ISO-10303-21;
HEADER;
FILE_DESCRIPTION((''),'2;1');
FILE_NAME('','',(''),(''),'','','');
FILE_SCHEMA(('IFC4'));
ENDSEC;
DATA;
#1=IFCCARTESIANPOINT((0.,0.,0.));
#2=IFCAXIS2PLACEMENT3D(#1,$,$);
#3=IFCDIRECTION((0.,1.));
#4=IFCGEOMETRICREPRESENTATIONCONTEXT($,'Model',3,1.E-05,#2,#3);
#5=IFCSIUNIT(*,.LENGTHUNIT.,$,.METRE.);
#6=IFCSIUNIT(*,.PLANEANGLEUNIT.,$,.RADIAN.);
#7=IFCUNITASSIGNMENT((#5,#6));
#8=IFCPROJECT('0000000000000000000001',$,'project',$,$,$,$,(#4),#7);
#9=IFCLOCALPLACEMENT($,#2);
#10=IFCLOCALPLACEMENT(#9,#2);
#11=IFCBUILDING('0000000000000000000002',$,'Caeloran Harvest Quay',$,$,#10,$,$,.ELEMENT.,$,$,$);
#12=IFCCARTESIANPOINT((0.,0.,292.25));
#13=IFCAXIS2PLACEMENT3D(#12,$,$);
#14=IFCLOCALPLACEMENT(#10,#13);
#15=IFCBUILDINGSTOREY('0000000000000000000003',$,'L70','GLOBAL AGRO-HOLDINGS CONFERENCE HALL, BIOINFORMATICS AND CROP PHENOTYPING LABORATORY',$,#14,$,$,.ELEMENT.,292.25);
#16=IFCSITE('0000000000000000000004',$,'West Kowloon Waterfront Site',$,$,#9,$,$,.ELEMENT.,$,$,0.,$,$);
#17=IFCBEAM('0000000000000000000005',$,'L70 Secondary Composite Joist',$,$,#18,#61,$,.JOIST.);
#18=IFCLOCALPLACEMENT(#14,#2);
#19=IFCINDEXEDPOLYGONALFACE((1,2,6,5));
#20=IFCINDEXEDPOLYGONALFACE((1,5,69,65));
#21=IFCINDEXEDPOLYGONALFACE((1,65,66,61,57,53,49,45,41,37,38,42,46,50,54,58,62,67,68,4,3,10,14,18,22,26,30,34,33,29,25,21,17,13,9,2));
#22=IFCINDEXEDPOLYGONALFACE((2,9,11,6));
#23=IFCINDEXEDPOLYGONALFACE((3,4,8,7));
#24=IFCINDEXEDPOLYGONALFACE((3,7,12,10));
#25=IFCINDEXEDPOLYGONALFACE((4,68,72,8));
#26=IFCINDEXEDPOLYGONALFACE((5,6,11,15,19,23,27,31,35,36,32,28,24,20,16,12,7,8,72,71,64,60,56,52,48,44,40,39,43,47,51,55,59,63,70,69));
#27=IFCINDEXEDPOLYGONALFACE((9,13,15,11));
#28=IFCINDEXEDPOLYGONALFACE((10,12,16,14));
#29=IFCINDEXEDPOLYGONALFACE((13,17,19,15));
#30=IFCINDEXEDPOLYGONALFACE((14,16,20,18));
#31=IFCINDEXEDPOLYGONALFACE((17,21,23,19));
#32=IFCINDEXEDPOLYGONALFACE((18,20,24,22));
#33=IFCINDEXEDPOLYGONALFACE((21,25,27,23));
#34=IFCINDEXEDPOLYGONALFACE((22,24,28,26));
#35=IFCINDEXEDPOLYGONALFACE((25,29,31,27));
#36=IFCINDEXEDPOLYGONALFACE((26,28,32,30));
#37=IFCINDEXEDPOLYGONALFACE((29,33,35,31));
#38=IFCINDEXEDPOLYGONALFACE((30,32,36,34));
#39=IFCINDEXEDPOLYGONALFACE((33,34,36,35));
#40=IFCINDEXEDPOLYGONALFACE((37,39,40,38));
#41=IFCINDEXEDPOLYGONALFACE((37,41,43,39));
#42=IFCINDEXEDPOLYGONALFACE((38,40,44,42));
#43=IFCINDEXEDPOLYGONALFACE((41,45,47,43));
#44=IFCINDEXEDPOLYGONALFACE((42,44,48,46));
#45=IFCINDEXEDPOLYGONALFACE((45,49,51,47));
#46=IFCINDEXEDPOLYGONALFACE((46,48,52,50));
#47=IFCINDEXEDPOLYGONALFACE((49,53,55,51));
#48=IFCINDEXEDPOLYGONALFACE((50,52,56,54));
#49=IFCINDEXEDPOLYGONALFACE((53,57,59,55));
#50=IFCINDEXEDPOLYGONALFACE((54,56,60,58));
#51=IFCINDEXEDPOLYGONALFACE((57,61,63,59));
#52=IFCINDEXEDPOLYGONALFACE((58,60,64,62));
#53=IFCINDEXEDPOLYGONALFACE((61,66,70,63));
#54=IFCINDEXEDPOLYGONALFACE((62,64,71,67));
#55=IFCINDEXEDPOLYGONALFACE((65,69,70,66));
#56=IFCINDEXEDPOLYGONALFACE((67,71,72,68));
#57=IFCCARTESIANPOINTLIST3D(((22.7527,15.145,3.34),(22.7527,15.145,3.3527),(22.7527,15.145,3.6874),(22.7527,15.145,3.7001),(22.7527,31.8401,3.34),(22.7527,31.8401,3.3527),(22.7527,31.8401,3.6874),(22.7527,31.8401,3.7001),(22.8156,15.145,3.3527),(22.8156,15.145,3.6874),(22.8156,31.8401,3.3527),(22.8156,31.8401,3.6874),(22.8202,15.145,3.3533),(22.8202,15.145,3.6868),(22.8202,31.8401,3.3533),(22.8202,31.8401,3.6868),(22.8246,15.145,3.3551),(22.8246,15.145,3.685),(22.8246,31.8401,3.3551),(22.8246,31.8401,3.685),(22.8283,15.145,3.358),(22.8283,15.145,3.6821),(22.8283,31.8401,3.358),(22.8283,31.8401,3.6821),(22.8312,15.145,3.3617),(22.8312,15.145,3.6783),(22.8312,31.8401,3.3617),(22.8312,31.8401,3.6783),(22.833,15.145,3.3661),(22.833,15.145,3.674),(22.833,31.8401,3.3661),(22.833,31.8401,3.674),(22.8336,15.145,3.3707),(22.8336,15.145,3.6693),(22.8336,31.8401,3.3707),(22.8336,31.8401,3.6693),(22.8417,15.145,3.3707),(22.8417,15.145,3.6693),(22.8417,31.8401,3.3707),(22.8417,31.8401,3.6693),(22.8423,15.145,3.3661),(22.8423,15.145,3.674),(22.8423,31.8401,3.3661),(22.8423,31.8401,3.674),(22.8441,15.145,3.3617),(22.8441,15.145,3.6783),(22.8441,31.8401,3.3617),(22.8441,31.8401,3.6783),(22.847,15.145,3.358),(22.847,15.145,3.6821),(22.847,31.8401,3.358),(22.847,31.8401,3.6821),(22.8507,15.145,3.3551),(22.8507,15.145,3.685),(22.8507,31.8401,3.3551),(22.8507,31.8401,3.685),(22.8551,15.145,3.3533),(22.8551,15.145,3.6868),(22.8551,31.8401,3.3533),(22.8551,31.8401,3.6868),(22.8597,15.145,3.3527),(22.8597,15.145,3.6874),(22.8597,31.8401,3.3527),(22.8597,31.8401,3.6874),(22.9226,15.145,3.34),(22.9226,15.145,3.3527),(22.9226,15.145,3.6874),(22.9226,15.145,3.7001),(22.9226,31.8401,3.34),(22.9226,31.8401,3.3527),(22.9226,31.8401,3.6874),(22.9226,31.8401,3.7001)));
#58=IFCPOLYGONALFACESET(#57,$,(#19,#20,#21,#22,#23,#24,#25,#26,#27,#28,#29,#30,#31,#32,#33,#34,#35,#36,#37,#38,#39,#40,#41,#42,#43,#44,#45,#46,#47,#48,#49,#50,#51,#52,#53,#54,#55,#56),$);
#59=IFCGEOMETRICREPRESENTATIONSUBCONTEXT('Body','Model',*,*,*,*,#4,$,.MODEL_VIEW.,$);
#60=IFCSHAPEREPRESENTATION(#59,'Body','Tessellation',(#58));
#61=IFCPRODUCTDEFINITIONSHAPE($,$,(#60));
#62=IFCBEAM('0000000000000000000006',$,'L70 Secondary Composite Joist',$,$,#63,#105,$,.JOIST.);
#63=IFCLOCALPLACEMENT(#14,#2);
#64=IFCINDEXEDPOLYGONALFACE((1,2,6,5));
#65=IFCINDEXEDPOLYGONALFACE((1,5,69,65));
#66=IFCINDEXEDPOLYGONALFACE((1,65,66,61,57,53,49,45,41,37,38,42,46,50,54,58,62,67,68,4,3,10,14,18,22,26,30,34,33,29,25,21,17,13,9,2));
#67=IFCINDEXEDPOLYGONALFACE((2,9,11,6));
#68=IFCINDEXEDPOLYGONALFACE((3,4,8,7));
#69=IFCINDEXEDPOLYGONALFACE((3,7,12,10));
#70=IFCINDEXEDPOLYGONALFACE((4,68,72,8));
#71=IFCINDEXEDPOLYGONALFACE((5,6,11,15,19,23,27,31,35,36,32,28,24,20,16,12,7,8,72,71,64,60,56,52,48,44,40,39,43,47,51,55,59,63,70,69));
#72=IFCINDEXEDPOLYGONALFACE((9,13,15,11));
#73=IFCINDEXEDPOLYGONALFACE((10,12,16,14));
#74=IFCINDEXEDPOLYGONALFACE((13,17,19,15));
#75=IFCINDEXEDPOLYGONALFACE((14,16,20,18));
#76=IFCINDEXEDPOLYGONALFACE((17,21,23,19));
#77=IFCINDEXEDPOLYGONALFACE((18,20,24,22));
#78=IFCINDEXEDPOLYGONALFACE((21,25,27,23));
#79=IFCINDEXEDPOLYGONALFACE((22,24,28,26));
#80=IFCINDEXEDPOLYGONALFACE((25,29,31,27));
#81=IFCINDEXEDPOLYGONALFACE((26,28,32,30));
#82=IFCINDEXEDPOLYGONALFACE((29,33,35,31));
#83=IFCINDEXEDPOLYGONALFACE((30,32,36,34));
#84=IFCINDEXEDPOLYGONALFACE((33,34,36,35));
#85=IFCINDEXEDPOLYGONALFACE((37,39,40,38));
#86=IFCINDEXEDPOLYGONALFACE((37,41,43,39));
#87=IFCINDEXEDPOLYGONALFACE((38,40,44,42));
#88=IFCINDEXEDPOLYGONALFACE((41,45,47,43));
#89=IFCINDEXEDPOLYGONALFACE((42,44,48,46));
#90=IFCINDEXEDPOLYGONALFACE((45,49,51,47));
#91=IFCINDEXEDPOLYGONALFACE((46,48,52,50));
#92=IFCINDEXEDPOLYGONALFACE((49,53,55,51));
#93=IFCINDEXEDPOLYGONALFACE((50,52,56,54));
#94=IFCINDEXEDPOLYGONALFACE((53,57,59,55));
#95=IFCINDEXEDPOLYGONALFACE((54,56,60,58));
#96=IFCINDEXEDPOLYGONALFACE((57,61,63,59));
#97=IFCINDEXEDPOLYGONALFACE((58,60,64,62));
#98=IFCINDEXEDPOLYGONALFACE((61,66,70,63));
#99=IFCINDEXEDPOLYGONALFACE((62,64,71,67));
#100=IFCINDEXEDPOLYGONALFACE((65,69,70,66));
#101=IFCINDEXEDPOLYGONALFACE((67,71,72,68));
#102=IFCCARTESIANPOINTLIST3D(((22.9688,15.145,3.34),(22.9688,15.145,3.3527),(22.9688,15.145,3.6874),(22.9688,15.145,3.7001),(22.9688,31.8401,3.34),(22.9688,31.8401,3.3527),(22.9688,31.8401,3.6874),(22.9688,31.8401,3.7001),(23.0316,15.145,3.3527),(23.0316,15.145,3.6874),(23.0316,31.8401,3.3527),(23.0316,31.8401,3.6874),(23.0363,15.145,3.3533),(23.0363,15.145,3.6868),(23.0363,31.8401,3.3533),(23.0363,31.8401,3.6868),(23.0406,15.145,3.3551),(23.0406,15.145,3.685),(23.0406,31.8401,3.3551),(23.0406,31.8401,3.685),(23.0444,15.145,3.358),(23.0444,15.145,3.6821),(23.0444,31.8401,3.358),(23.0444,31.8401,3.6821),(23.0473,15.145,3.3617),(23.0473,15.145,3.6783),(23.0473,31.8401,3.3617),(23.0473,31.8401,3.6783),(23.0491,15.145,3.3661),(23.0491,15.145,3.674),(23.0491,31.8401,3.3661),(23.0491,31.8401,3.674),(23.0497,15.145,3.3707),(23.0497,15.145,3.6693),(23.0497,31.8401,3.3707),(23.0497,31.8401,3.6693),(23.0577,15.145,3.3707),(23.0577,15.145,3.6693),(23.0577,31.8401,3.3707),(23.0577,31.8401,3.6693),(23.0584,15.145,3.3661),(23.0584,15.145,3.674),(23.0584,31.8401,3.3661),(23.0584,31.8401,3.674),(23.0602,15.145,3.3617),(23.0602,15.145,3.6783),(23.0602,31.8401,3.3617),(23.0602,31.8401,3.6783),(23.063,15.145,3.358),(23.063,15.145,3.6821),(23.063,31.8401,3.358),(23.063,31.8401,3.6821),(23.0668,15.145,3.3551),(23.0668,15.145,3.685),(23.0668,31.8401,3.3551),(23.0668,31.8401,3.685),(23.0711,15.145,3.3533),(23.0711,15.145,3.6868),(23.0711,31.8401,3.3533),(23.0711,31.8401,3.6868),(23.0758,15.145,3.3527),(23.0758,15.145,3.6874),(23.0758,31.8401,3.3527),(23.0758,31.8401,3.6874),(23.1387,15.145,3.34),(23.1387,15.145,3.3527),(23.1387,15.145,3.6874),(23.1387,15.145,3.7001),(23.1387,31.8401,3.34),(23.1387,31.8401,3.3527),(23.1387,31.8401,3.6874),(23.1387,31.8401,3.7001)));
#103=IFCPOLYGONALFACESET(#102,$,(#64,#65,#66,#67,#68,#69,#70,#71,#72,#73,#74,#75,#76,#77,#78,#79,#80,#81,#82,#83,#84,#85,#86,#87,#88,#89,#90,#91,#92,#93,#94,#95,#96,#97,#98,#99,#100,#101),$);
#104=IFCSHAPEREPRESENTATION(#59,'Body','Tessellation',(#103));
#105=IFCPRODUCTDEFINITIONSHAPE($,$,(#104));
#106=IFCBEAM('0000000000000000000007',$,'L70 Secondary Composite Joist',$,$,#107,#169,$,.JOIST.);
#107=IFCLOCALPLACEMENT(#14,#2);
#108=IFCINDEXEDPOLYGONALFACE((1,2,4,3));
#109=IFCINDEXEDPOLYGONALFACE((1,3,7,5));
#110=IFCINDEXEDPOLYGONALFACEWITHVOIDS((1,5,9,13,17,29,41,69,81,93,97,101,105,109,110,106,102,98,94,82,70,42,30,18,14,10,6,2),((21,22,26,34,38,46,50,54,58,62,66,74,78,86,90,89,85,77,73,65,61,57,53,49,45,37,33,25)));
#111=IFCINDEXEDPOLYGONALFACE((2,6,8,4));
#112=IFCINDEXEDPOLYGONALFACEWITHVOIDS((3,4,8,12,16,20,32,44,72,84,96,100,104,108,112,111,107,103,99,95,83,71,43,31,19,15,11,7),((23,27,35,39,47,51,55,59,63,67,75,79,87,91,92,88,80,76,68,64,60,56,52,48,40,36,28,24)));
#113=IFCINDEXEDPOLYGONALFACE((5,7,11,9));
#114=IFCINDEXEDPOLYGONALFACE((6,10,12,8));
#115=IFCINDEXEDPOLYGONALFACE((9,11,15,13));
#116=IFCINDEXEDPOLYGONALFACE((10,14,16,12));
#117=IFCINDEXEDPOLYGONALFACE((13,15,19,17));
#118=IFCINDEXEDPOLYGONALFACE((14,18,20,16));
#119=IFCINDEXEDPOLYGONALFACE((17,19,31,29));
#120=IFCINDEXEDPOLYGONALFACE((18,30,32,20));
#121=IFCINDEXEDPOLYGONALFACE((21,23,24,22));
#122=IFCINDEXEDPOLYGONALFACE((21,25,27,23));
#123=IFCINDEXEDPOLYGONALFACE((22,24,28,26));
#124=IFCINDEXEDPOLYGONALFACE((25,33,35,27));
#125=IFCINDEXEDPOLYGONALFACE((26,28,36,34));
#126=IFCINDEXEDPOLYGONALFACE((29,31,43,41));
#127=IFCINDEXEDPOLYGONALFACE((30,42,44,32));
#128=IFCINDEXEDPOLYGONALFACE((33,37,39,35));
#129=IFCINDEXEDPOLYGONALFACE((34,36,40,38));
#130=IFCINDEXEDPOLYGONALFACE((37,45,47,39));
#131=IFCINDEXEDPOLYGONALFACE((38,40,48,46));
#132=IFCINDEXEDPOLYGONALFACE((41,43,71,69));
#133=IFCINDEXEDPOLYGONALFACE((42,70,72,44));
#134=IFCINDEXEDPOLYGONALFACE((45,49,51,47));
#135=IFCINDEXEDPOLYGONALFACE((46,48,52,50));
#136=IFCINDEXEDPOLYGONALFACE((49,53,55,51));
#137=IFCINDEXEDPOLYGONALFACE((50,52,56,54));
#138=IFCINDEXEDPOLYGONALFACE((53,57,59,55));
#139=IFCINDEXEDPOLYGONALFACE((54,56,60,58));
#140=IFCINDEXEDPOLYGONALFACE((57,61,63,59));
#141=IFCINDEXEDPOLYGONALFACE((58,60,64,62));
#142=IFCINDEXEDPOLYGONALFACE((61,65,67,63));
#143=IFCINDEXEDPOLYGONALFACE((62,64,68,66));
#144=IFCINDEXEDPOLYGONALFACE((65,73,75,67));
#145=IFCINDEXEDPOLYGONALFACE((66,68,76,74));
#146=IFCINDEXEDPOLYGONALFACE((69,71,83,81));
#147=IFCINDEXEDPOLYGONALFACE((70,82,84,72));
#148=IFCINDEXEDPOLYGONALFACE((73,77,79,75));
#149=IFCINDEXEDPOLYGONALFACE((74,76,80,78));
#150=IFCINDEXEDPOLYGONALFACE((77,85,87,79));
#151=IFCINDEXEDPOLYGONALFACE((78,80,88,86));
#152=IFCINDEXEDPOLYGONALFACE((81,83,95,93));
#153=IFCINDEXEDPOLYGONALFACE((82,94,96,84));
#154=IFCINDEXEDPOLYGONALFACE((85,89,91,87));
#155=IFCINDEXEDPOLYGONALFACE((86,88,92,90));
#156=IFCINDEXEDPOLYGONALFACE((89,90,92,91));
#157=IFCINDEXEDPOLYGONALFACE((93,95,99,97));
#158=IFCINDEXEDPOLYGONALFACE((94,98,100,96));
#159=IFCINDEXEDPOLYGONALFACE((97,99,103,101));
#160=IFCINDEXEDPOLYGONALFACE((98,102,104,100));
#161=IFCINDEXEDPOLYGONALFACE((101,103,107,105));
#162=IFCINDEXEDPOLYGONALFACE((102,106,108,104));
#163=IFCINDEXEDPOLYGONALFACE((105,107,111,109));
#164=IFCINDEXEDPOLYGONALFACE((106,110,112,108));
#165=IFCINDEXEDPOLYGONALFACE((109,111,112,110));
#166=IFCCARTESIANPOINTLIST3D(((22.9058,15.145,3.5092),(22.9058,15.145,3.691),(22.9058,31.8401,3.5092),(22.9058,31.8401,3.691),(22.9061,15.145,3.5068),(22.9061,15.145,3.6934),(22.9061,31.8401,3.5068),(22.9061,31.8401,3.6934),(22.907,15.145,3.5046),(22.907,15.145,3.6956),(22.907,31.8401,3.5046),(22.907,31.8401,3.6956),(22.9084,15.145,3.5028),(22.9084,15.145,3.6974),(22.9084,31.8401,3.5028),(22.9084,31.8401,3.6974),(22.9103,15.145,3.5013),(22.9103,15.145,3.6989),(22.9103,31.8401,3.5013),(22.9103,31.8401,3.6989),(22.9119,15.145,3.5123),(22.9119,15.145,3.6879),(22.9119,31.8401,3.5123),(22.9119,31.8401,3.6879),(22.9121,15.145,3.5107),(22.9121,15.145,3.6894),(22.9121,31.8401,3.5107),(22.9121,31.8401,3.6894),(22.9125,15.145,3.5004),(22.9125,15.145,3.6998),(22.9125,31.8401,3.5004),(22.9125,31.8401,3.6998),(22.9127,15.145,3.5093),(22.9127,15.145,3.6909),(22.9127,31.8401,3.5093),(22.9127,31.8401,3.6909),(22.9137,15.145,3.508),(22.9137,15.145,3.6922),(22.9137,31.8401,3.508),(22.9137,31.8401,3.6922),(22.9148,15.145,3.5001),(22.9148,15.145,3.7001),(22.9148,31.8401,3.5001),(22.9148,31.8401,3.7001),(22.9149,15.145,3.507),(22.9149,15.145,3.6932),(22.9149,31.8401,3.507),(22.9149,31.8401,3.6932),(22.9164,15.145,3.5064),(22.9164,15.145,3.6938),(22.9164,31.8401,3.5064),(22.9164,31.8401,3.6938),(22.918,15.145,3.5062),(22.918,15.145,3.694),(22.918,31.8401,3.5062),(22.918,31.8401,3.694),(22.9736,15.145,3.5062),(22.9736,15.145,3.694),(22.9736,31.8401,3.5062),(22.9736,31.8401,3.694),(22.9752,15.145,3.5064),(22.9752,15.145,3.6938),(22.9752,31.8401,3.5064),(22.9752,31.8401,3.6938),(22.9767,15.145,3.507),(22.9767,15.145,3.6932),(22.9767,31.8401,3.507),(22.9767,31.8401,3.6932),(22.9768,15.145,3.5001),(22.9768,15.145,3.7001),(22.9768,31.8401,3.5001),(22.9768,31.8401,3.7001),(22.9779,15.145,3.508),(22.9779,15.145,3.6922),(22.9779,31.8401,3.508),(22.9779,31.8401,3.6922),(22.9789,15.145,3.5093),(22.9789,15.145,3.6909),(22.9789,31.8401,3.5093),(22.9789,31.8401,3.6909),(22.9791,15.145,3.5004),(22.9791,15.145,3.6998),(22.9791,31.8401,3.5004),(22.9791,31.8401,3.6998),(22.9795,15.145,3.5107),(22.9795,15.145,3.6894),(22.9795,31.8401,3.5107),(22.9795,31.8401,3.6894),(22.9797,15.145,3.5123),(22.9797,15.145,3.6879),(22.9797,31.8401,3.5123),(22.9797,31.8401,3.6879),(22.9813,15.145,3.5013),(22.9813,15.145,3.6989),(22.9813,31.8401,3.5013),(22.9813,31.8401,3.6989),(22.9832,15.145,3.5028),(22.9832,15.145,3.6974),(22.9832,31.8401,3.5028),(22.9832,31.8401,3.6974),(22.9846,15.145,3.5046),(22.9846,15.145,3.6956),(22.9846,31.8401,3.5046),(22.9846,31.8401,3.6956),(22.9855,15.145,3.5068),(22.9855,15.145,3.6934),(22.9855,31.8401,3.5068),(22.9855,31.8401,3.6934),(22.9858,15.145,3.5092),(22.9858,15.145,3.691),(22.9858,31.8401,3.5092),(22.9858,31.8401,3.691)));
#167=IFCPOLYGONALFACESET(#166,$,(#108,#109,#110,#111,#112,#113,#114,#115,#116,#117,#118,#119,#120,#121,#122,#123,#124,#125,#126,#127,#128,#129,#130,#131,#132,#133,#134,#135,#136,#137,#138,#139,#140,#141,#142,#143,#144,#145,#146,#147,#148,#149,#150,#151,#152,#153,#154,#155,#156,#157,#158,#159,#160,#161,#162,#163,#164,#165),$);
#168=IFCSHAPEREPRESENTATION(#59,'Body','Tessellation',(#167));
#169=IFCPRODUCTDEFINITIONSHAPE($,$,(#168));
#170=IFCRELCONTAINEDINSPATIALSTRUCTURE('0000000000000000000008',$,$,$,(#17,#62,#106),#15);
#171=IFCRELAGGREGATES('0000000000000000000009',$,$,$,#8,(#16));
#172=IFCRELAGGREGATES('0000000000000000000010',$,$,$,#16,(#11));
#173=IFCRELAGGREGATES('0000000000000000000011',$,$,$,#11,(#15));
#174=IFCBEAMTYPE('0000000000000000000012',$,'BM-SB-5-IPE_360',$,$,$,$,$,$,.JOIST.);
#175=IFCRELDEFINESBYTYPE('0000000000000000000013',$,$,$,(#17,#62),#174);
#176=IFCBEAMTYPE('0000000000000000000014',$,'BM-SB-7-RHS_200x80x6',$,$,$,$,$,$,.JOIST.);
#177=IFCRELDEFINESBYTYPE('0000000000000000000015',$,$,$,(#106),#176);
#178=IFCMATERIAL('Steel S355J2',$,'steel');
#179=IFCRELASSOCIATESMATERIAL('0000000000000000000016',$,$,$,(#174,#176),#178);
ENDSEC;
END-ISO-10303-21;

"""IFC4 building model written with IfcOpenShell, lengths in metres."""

from ifc_helpers import new_model, si_unit, direction, frame, origin, origin_2d, place, context, subcontext, project, spatial, hollow_rectangle, i_section, extrude, material, material_profile, profile_set, type_object, element, save


model = new_model("IFC4")

# Units and contexts
model_context = context("Model", 3, precision=1e-05, world=origin(), true_north=direction((0.0, 1.0)))
body_context = subcontext(model_context, "Body", "Model", "MODEL_VIEW")
ifc_project = project(units=[si_unit("LENGTHUNIT", "METRE"), si_unit("PLANEANGLEUNIT", "RADIAN")], contexts=[model_context])

# Site, building, storey
site_placement = place(None, origin())
site = spatial("IfcSite", under=ifc_project, at=site_placement, Name="West Kowloon Waterfront Site", CompositionType="ELEMENT", RefElevation=0.0)
building_placement = place(site_placement, origin())
building = spatial("IfcBuilding", under=site, at=building_placement, Name="Caeloran Harvest Quay", CompositionType="ELEMENT")
storey_placement = place(building_placement, frame((0.0, 0.0, 292.25)))
storey = spatial("IfcBuildingStorey", under=building, at=storey_placement, Name="L70", Description="GLOBAL AGRO-HOLDINGS CONFERENCE HALL, BIOINFORMATICS AND CROP PHENOTYPING LABORATORY", CompositionType="ELEMENT", Elevation=292.25)

# Beams
ifc_material_1 = material(Name="Steel S355J2", Category="steel")
ifc_material_profile_1 = material_profile(ifc_material_1, i_section(OverallWidth=0.1699, OverallDepth=0.3601, WebThickness=0.0081, FlangeThickness=0.0127, FilletRadius=0.0181, at=origin_2d()), Name="IPE 360")
ifc_profile_set_1 = profile_set([ifc_material_profile_1], Name="Steel S355J2")
beam_type_1 = type_object("IfcBeamType", Name="BM-SB-5-IPE_360", PredefinedType="JOIST", material=ifc_profile_set_1)
for number, where, z_axis, x_axis, name in (
    (1, (22.8376, 15.145, 3.52), (0.0, 1.0, 0.0), (-1.0, 0.0, 0.0), "L70 Secondary Composite Joist"),
    (2, (23.0537, 15.145, 3.52), (0.0, 1.0, 0.0), (-1.0, 0.0, 0.0), "L70 Secondary Composite Joist"),
):
    element("IfcBeam", number, at=place(storey_placement, frame(where, z_axis=z_axis, x_axis=x_axis)), inside=storey, type_object=beam_type_1, Name=name, PredefinedType="JOIST", context=body_context, shape_type="SweptSolid", body=[
        extrude(i_section(OverallWidth=0.1699, OverallDepth=0.3601, WebThickness=0.0081, FlangeThickness=0.0127, FilletRadius=0.0181, at=origin_2d()), origin(), (0.0, 0.0, 1.0), 16.6951),
    ])
ifc_material_profile_2 = material_profile(ifc_material_1, hollow_rectangle(XDim=0.0801, YDim=0.2, WallThickness=0.0061, InnerFilletRadius=0.0061, OuterFilletRadius=0.009, at=origin_2d()), Name="RHS 200x80x6")
ifc_profile_set_2 = profile_set([ifc_material_profile_2], Name="Steel S355J2")
beam_type_2 = type_object("IfcBeamType", Name="BM-SB-7-RHS_200x80x6", PredefinedType="JOIST", material=ifc_profile_set_2)
for number, where, z_axis, x_axis, name in (
    (3, (22.9458, 15.145, 3.6001), (0.0, 1.0, 0.0), (-1.0, 0.0, 0.0), "L70 Secondary Composite Joist"),
):
    element("IfcBeam", number, at=place(storey_placement, frame(where, z_axis=z_axis, x_axis=x_axis)), inside=storey, type_object=beam_type_2, Name=name, PredefinedType="JOIST", context=body_context, shape_type="SweptSolid", body=[
        extrude(hollow_rectangle(XDim=0.0801, YDim=0.2, WallThickness=0.0061, InnerFilletRadius=0.0061, OuterFilletRadius=0.009, at=origin_2d()), origin(), (0.0, 0.0, 1.0), 16.6951),
    ])

save(model, "model.ifc")
